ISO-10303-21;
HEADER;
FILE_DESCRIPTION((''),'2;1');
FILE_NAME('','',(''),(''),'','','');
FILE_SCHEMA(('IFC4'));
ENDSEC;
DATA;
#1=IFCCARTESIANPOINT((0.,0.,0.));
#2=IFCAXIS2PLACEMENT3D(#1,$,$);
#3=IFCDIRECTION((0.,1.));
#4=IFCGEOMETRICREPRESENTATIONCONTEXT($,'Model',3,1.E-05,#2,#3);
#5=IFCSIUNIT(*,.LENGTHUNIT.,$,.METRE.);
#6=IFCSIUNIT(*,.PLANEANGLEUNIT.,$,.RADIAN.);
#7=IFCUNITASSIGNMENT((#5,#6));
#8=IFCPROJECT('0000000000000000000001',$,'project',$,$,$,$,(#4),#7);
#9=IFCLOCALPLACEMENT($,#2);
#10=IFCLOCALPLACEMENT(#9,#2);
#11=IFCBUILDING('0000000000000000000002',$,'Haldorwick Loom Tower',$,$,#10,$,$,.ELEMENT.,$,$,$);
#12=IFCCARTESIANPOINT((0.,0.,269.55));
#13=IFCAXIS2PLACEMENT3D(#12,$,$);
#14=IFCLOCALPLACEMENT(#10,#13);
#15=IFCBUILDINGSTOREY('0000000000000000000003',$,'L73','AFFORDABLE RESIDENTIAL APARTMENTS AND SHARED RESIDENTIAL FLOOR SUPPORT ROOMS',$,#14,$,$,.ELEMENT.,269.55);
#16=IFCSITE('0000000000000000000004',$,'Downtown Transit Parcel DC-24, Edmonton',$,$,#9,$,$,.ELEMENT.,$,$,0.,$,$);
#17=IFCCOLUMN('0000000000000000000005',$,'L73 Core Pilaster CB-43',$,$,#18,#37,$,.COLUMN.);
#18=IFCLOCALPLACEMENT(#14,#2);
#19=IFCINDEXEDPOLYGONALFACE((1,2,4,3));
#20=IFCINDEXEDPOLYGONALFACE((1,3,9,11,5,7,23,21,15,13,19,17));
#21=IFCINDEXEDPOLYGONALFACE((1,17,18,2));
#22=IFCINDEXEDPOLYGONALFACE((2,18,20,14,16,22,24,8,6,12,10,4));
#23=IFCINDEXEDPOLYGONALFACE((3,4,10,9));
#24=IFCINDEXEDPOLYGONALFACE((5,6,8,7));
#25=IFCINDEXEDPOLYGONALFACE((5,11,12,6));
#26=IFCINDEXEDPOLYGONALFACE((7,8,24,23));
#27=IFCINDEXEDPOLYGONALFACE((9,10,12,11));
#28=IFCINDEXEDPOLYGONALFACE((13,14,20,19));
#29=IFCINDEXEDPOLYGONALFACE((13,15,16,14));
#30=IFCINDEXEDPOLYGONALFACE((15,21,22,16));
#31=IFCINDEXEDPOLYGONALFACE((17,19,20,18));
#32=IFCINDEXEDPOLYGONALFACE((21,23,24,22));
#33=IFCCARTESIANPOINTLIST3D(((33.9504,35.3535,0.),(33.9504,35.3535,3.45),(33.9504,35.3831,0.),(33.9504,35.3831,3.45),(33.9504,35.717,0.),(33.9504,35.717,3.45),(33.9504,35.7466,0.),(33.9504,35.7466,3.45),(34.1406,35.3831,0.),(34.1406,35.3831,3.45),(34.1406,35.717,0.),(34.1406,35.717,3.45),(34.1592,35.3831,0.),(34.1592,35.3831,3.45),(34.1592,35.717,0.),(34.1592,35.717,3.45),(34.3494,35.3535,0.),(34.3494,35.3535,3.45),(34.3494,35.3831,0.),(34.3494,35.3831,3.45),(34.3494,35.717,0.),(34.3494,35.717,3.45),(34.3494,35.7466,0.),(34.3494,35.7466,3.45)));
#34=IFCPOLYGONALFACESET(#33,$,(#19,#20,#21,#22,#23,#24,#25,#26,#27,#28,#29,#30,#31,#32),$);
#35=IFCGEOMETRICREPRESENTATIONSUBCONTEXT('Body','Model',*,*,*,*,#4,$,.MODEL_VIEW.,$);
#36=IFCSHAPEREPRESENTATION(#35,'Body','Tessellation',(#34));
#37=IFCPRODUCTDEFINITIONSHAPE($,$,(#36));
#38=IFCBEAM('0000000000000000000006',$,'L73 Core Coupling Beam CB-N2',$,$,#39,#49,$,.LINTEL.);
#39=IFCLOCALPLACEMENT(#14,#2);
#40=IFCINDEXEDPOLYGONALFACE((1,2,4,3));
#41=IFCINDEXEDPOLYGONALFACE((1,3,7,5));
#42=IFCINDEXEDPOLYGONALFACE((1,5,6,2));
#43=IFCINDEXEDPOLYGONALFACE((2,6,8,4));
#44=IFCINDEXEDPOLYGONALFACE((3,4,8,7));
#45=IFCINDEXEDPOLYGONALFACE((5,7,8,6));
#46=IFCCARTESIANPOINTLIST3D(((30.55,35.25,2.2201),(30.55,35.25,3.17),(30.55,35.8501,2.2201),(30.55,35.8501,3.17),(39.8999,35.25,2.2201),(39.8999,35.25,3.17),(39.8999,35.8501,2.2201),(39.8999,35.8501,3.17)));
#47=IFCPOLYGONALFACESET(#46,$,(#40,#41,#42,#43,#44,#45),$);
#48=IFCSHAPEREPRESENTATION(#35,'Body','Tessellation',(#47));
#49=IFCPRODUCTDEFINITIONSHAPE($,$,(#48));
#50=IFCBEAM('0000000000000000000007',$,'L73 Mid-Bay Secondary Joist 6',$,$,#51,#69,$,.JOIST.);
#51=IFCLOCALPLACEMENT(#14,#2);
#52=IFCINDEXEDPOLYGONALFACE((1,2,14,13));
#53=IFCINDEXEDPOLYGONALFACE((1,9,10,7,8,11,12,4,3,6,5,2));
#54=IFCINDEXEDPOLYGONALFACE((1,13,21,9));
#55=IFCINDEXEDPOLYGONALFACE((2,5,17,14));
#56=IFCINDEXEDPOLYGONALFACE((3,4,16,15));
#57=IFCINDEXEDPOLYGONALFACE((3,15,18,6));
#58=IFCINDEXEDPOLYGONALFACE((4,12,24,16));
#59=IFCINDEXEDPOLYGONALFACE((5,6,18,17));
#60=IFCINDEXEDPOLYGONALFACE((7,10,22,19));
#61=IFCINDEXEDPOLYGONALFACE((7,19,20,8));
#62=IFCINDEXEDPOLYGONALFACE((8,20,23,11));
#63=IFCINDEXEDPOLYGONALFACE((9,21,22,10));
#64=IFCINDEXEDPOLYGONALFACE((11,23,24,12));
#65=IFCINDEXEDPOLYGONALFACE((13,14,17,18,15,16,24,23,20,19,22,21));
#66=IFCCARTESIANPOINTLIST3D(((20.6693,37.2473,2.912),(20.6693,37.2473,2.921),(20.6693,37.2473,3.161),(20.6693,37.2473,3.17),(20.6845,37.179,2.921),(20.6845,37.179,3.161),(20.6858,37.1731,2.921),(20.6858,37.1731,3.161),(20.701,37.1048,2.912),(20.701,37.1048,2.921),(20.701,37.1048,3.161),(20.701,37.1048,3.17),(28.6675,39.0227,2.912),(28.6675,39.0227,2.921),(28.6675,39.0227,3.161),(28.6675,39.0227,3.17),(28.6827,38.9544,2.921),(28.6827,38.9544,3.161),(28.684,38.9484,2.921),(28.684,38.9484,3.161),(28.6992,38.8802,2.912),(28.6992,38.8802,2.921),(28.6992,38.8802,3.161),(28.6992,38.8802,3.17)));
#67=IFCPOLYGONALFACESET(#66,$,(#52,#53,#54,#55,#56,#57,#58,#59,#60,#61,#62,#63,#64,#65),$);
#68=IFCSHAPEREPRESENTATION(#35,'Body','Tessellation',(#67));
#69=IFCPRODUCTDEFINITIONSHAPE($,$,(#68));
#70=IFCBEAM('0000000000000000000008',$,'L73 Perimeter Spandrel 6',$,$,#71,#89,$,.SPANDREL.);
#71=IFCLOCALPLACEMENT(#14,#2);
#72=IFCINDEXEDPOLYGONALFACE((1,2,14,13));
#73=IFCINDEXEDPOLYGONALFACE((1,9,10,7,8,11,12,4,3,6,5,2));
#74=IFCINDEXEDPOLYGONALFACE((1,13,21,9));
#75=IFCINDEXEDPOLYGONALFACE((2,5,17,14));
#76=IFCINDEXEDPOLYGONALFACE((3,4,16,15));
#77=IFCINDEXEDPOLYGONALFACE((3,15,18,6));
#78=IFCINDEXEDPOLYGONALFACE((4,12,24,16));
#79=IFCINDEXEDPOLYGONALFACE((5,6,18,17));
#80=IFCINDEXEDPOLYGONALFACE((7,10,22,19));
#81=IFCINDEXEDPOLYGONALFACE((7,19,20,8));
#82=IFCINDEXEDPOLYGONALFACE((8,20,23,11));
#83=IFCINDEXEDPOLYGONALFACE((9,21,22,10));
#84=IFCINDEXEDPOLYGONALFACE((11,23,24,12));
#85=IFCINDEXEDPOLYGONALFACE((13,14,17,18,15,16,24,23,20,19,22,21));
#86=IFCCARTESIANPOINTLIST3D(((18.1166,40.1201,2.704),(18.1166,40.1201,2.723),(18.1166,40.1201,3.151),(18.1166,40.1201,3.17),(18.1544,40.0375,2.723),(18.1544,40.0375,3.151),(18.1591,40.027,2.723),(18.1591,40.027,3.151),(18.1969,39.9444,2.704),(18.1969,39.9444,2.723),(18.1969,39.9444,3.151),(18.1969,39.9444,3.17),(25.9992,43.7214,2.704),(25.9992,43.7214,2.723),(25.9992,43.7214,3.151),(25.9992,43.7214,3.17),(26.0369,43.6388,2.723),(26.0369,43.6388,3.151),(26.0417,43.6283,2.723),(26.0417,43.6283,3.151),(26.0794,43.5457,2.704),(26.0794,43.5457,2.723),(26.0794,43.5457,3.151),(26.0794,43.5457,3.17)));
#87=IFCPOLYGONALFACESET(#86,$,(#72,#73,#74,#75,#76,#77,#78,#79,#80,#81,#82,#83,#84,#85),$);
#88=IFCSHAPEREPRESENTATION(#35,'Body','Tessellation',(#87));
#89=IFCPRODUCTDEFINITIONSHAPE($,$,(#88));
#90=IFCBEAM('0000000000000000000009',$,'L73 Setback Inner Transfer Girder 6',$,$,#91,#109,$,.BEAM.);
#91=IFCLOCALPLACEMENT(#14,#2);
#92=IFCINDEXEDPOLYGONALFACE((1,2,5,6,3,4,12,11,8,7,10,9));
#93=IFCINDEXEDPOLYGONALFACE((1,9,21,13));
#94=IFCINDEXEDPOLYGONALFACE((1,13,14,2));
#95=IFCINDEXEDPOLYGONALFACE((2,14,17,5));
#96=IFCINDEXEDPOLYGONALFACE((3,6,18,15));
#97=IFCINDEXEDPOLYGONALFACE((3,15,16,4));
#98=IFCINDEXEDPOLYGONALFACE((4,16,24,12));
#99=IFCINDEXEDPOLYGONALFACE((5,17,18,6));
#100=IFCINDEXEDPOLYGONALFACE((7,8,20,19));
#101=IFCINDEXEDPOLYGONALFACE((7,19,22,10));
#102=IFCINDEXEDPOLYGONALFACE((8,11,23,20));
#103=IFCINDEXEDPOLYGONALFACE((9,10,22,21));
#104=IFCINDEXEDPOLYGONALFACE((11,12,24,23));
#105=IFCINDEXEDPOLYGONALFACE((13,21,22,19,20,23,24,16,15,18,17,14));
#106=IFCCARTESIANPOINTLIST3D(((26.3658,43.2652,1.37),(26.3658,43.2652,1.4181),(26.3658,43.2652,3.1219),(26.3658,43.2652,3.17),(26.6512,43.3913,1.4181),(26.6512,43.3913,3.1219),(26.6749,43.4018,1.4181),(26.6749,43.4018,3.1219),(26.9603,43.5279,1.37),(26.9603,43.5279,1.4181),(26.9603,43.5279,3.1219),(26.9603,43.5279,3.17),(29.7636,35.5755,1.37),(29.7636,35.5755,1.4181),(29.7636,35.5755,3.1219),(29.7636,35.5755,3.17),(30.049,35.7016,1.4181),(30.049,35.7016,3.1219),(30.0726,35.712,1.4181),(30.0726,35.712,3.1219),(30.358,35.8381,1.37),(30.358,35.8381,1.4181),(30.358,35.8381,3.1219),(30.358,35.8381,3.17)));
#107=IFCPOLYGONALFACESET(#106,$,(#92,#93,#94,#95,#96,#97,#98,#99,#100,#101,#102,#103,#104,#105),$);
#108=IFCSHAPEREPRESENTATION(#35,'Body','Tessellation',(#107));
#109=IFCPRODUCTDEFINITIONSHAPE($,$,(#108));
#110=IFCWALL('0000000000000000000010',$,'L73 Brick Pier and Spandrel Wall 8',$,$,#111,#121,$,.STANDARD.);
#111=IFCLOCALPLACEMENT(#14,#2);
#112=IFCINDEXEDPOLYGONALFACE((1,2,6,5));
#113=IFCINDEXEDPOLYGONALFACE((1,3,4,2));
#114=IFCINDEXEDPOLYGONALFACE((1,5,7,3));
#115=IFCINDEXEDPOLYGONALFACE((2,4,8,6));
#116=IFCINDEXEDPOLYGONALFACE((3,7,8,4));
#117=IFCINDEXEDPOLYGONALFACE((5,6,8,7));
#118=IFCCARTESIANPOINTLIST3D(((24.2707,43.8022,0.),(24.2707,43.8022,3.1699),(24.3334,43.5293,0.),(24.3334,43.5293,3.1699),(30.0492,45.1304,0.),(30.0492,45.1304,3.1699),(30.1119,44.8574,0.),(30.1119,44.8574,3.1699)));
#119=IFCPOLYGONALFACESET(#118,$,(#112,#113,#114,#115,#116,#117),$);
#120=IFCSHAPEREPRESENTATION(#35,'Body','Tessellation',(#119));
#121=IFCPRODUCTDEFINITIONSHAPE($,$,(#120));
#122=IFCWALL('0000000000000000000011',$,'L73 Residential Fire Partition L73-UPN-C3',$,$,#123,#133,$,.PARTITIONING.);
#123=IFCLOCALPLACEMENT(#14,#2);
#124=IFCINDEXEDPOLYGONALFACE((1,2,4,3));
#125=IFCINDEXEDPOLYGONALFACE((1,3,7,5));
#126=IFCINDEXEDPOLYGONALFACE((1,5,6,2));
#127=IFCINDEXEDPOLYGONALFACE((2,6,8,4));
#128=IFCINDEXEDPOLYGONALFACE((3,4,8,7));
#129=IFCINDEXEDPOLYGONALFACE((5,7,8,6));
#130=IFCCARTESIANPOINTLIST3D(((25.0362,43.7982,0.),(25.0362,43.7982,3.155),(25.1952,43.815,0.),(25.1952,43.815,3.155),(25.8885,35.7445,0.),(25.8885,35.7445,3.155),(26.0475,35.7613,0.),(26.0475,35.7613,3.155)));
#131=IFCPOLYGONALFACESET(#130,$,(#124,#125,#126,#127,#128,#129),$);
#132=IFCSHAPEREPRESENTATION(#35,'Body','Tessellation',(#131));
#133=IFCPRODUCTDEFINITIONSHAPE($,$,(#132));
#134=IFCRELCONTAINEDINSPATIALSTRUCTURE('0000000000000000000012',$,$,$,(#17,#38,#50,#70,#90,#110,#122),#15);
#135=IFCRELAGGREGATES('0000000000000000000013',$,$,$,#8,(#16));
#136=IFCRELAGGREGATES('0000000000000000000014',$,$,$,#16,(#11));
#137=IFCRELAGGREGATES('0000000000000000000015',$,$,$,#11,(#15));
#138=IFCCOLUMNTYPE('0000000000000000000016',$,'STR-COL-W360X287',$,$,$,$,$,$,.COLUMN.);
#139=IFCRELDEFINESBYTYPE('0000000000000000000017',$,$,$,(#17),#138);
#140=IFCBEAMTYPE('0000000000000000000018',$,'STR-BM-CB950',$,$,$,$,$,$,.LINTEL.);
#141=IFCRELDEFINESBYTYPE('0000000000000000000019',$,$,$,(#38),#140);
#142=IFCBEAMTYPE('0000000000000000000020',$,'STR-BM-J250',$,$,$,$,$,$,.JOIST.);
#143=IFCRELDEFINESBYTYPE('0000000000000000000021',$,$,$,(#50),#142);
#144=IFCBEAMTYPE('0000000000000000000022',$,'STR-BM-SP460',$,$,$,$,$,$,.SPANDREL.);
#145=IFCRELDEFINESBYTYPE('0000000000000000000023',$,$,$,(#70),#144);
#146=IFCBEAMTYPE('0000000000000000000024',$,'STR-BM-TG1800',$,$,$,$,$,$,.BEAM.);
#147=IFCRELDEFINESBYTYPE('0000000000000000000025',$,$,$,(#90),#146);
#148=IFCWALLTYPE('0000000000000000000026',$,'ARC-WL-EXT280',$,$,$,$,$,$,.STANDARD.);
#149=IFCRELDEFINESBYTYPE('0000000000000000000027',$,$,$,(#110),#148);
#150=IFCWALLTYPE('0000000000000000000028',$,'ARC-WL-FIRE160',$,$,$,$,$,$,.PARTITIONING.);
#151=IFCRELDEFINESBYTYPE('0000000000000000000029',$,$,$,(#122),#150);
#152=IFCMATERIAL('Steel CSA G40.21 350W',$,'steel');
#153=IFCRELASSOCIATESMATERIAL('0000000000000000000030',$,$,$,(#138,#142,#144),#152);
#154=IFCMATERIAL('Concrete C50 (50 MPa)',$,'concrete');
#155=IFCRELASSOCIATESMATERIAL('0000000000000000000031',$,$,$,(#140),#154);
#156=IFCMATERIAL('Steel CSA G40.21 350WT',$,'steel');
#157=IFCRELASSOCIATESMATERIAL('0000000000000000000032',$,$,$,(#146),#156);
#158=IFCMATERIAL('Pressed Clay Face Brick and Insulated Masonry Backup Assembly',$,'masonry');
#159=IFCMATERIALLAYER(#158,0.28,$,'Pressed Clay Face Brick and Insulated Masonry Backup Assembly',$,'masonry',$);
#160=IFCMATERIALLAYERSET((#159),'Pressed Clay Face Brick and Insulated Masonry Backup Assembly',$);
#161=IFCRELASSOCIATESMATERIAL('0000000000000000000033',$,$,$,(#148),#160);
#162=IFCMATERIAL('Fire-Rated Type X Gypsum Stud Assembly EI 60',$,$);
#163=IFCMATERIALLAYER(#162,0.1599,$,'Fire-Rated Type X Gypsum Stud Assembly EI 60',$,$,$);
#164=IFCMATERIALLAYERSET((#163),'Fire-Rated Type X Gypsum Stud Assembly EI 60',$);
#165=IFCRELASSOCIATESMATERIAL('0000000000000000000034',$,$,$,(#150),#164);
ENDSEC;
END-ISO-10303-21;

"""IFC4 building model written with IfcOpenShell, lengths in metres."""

from ifc_helpers import new_model, si_unit, direction, frame, frame_2d, origin, origin_2d, place, context, subcontext, project, spatial, rectangle, i_section, extrude, material, layer, layer_set, material_profile, profile_set, type_object, element, save


model = new_model("IFC4")

# Units and contexts
model_context = context("Model", 3, precision=1e-05, world=origin(), true_north=direction((0.0, 1.0)))
body_context = subcontext(model_context, "Body", "Model", "MODEL_VIEW")
ifc_project = project(units=[si_unit("LENGTHUNIT", "METRE"), si_unit("PLANEANGLEUNIT", "RADIAN")], contexts=[model_context])

# Site, building, storey
site_placement = place(None, origin())
site = spatial("IfcSite", under=ifc_project, at=site_placement, Name="Downtown Transit Parcel DC-24, Edmonton", CompositionType="ELEMENT", RefElevation=0.0)
building_placement = place(site_placement, origin())
building = spatial("IfcBuilding", under=site, at=building_placement, Name="Haldorwick Loom Tower", CompositionType="ELEMENT")
storey_placement = place(building_placement, frame((0.0, 0.0, 269.55)))
storey = spatial("IfcBuildingStorey", under=building, at=storey_placement, Name="L73", Description="AFFORDABLE RESIDENTIAL APARTMENTS AND SHARED RESIDENTIAL FLOOR SUPPORT ROOMS", CompositionType="ELEMENT", Elevation=269.55)

# Column
ifc_material_1 = material(Name="Steel CSA G40.21 350W", Category="steel")
ifc_material_profile_1 = material_profile(ifc_material_1, i_section(OverallWidth=0.3989, OverallDepth=0.3931, WebThickness=0.0186, FlangeThickness=0.0295, at=origin_2d()), Name="W360X287", Category="steel")
ifc_profile_set_1 = profile_set([ifc_material_profile_1], Name="Steel CSA G40.21 350W")
column_type_1 = type_object("IfcColumnType", Name="STR-COL-W360X287", PredefinedType="COLUMN", material=ifc_profile_set_1)
for number, where, z_axis, x_axis, name in (
    (1, (34.1499, 35.55, 0.0), (0.0, 0.0, 1.0), (1.0, 0.0, 0.0), "L73 Core Pilaster CB-43"),
):
    element("IfcColumn", number, at=place(storey_placement, frame(where, z_axis=z_axis, x_axis=x_axis)), inside=storey, type_object=column_type_1, Name=name, PredefinedType="COLUMN", context=body_context, shape_type="SweptSolid", body=[
        extrude(i_section(OverallWidth=0.3989, OverallDepth=0.3931, WebThickness=0.0186, FlangeThickness=0.0295, at=origin_2d()), origin(), (0.0, 0.0, 1.0), 3.45),
    ])

# Beams
ifc_material_2 = material(Name="Concrete C50 (50 MPa)", Category="concrete")
ifc_material_profile_2 = material_profile(ifc_material_2, rectangle(XDim=0.6001, YDim=0.95, at=origin_2d()), Name="RC600X950", Category="concrete")
ifc_profile_set_2 = profile_set([ifc_material_profile_2], Name="Concrete C50 (50 MPa)")
beam_type_1 = type_object("IfcBeamType", Name="STR-BM-CB950", PredefinedType="LINTEL", material=ifc_profile_set_2)
beam_1_placement = place(storey_placement, frame((30.55, 35.55, 2.6951), z_axis=(1.0, 0.0, 0.0), x_axis=(0.0, 1.0, 0.0)))
element("IfcBeam", 2, at=beam_1_placement, inside=storey, type_object=beam_type_1, Name="L73 Core Coupling Beam CB-N2", PredefinedType="LINTEL", context=body_context, shape_type="SweptSolid", body=[
    extrude(rectangle(XDim=0.6001, YDim=0.95, at=origin_2d()), origin(), (0.0, 0.0, 1.0), 9.3499),
])
ifc_material_profile_3 = material_profile(ifc_material_1, i_section(OverallWidth=0.146, OverallDepth=0.2581, WebThickness=0.0061, FlangeThickness=0.009, at=origin_2d()), Name="W250X33", Category="steel")
ifc_profile_set_3 = profile_set([ifc_material_profile_3], Name="Steel CSA G40.21 350W")
beam_type_2 = type_object("IfcBeamType", Name="STR-BM-J250", PredefinedType="JOIST", material=ifc_profile_set_3)
beam_2_placement = place(storey_placement, frame((28.6833, 38.9514, 3.041), z_axis=(-0.976239, -0.216697, 0.0), x_axis=(0.216697, -0.976239, 0.0)))
element("IfcBeam", 3, at=beam_2_placement, inside=storey, type_object=beam_type_2, Name="L73 Mid-Bay Secondary Joist 6", PredefinedType="JOIST", context=body_context, shape_type="SweptSolid", body=[
    extrude(i_section(OverallWidth=0.146, OverallDepth=0.2581, WebThickness=0.0061, FlangeThickness=0.009, at=origin_2d()), origin(), (0.0, 0.0, 1.0), 8.1929),
])
ifc_material_profile_4 = material_profile(ifc_material_1, i_section(OverallWidth=0.1931, OverallDepth=0.4661, WebThickness=0.0115, FlangeThickness=0.019, at=origin_2d()), Name="W460X97", Category="steel")
ifc_profile_set_4 = profile_set([ifc_material_profile_4], Name="Steel CSA G40.21 350W")
beam_type_3 = type_object("IfcBeamType", Name="STR-BM-SP460", PredefinedType="SPANDREL", material=ifc_profile_set_4)
beam_3_placement = place(storey_placement, frame((26.0393, 43.6335, 2.937), z_axis=(-0.909568, -0.415555, 0.0), x_axis=(0.415555, -0.909568, 0.0)))
element("IfcBeam", 4, at=beam_3_placement, inside=storey, type_object=beam_type_3, Name="L73 Perimeter Spandrel 6", PredefinedType="SPANDREL", context=body_context, shape_type="SweptSolid", body=[
    extrude(i_section(OverallWidth=0.1931, OverallDepth=0.4661, WebThickness=0.0115, FlangeThickness=0.019, at=origin_2d()), origin(), (0.0, 0.0, 1.0), 8.6663),
])
ifc_material_3 = material(Name="Steel CSA G40.21 350WT", Category="steel")
ifc_material_profile_5 = material_profile(ifc_material_3, i_section(OverallWidth=0.6499, OverallDepth=1.8, WebThickness=0.0259, FlangeThickness=0.0481, at=origin_2d()), Name="WWF1800X650", Category="steel")
ifc_profile_set_5 = profile_set([ifc_material_profile_5], Name="Steel CSA G40.21 350WT")
beam_type_4 = type_object("IfcBeamType", Name="STR-BM-TG1800", PredefinedType="BEAM", material=ifc_profile_set_5)
beam_4_placement = place(storey_placement, frame((30.0608, 35.7068, 2.27), z_axis=(-0.404157, 0.91469, 0.0), x_axis=(-0.91469, -0.404157, 0.0)))
element("IfcBeam", 5, at=beam_4_placement, inside=storey, type_object=beam_type_4, Name="L73 Setback Inner Transfer Girder 6", PredefinedType="BEAM", context=body_context, shape_type="SweptSolid", body=[
    extrude(i_section(OverallWidth=0.6499, OverallDepth=1.8, WebThickness=0.0259, FlangeThickness=0.0481, at=origin_2d()), origin(), (0.0, 0.0, 1.0), 8.407),
])

# Walls
ifc_material_4 = material(Name="Pressed Clay Face Brick and Insulated Masonry Backup Assembly", Category="masonry")
ifc_layer_1 = layer(ifc_material_4, 0.28, Name="Pressed Clay Face Brick and Insulated Masonry Backup Assembly", Category="masonry")
ifc_layer_set_1 = layer_set([ifc_layer_1], Name="Pressed Clay Face Brick and Insulated Masonry Backup Assembly")
wall_type_1 = type_object("IfcWallType", Name="ARC-WL-EXT280", PredefinedType="STANDARD", material=ifc_layer_set_1)
wall_1_placement = place(storey_placement, frame((30.0806, 44.9939, 0.0), z_axis=(0.0, 0.0, 1.0), x_axis=(-0.97459, -0.223996, 0.0)))
element("IfcWall", 6, at=wall_1_placement, inside=storey, type_object=wall_type_1, Name="L73 Brick Pier and Spandrel Wall 8", PredefinedType="STANDARD", context=body_context, shape_type="SweptSolid", body=[
    extrude(rectangle(XDim=5.9292, YDim=0.28, at=frame_2d((2.9646, 0.0))), origin(), (0.0, 0.0, 1.0), 3.1699),
])
ifc_material_5 = material(Name="Fire-Rated Type X Gypsum Stud Assembly EI 60")
ifc_layer_2 = layer(ifc_material_5, 0.1599, Name="Fire-Rated Type X Gypsum Stud Assembly EI 60")
ifc_layer_set_2 = layer_set([ifc_layer_2], Name="Fire-Rated Type X Gypsum Stud Assembly EI 60")
wall_type_2 = type_object("IfcWallType", Name="ARC-WL-FIRE160", PredefinedType="PARTITIONING", material=ifc_layer_set_2)
wall_2_placement = place(storey_placement, frame((25.968, 35.7529, 0.0), z_axis=(0.0, 0.0, 1.0), x_axis=(-0.105239, 0.994447, 0.0)))
element("IfcWall", 7, at=wall_2_placement, inside=storey, type_object=wall_type_2, Name="L73 Residential Fire Partition L73-UPN-C3", PredefinedType="PARTITIONING", context=body_context, shape_type="SweptSolid", body=[
    extrude(rectangle(XDim=8.0986, YDim=0.1599, at=frame_2d((4.0493, 0.0))), origin(), (0.0, 0.0, 1.0), 3.155),
])

save(model, "model.ifc")
